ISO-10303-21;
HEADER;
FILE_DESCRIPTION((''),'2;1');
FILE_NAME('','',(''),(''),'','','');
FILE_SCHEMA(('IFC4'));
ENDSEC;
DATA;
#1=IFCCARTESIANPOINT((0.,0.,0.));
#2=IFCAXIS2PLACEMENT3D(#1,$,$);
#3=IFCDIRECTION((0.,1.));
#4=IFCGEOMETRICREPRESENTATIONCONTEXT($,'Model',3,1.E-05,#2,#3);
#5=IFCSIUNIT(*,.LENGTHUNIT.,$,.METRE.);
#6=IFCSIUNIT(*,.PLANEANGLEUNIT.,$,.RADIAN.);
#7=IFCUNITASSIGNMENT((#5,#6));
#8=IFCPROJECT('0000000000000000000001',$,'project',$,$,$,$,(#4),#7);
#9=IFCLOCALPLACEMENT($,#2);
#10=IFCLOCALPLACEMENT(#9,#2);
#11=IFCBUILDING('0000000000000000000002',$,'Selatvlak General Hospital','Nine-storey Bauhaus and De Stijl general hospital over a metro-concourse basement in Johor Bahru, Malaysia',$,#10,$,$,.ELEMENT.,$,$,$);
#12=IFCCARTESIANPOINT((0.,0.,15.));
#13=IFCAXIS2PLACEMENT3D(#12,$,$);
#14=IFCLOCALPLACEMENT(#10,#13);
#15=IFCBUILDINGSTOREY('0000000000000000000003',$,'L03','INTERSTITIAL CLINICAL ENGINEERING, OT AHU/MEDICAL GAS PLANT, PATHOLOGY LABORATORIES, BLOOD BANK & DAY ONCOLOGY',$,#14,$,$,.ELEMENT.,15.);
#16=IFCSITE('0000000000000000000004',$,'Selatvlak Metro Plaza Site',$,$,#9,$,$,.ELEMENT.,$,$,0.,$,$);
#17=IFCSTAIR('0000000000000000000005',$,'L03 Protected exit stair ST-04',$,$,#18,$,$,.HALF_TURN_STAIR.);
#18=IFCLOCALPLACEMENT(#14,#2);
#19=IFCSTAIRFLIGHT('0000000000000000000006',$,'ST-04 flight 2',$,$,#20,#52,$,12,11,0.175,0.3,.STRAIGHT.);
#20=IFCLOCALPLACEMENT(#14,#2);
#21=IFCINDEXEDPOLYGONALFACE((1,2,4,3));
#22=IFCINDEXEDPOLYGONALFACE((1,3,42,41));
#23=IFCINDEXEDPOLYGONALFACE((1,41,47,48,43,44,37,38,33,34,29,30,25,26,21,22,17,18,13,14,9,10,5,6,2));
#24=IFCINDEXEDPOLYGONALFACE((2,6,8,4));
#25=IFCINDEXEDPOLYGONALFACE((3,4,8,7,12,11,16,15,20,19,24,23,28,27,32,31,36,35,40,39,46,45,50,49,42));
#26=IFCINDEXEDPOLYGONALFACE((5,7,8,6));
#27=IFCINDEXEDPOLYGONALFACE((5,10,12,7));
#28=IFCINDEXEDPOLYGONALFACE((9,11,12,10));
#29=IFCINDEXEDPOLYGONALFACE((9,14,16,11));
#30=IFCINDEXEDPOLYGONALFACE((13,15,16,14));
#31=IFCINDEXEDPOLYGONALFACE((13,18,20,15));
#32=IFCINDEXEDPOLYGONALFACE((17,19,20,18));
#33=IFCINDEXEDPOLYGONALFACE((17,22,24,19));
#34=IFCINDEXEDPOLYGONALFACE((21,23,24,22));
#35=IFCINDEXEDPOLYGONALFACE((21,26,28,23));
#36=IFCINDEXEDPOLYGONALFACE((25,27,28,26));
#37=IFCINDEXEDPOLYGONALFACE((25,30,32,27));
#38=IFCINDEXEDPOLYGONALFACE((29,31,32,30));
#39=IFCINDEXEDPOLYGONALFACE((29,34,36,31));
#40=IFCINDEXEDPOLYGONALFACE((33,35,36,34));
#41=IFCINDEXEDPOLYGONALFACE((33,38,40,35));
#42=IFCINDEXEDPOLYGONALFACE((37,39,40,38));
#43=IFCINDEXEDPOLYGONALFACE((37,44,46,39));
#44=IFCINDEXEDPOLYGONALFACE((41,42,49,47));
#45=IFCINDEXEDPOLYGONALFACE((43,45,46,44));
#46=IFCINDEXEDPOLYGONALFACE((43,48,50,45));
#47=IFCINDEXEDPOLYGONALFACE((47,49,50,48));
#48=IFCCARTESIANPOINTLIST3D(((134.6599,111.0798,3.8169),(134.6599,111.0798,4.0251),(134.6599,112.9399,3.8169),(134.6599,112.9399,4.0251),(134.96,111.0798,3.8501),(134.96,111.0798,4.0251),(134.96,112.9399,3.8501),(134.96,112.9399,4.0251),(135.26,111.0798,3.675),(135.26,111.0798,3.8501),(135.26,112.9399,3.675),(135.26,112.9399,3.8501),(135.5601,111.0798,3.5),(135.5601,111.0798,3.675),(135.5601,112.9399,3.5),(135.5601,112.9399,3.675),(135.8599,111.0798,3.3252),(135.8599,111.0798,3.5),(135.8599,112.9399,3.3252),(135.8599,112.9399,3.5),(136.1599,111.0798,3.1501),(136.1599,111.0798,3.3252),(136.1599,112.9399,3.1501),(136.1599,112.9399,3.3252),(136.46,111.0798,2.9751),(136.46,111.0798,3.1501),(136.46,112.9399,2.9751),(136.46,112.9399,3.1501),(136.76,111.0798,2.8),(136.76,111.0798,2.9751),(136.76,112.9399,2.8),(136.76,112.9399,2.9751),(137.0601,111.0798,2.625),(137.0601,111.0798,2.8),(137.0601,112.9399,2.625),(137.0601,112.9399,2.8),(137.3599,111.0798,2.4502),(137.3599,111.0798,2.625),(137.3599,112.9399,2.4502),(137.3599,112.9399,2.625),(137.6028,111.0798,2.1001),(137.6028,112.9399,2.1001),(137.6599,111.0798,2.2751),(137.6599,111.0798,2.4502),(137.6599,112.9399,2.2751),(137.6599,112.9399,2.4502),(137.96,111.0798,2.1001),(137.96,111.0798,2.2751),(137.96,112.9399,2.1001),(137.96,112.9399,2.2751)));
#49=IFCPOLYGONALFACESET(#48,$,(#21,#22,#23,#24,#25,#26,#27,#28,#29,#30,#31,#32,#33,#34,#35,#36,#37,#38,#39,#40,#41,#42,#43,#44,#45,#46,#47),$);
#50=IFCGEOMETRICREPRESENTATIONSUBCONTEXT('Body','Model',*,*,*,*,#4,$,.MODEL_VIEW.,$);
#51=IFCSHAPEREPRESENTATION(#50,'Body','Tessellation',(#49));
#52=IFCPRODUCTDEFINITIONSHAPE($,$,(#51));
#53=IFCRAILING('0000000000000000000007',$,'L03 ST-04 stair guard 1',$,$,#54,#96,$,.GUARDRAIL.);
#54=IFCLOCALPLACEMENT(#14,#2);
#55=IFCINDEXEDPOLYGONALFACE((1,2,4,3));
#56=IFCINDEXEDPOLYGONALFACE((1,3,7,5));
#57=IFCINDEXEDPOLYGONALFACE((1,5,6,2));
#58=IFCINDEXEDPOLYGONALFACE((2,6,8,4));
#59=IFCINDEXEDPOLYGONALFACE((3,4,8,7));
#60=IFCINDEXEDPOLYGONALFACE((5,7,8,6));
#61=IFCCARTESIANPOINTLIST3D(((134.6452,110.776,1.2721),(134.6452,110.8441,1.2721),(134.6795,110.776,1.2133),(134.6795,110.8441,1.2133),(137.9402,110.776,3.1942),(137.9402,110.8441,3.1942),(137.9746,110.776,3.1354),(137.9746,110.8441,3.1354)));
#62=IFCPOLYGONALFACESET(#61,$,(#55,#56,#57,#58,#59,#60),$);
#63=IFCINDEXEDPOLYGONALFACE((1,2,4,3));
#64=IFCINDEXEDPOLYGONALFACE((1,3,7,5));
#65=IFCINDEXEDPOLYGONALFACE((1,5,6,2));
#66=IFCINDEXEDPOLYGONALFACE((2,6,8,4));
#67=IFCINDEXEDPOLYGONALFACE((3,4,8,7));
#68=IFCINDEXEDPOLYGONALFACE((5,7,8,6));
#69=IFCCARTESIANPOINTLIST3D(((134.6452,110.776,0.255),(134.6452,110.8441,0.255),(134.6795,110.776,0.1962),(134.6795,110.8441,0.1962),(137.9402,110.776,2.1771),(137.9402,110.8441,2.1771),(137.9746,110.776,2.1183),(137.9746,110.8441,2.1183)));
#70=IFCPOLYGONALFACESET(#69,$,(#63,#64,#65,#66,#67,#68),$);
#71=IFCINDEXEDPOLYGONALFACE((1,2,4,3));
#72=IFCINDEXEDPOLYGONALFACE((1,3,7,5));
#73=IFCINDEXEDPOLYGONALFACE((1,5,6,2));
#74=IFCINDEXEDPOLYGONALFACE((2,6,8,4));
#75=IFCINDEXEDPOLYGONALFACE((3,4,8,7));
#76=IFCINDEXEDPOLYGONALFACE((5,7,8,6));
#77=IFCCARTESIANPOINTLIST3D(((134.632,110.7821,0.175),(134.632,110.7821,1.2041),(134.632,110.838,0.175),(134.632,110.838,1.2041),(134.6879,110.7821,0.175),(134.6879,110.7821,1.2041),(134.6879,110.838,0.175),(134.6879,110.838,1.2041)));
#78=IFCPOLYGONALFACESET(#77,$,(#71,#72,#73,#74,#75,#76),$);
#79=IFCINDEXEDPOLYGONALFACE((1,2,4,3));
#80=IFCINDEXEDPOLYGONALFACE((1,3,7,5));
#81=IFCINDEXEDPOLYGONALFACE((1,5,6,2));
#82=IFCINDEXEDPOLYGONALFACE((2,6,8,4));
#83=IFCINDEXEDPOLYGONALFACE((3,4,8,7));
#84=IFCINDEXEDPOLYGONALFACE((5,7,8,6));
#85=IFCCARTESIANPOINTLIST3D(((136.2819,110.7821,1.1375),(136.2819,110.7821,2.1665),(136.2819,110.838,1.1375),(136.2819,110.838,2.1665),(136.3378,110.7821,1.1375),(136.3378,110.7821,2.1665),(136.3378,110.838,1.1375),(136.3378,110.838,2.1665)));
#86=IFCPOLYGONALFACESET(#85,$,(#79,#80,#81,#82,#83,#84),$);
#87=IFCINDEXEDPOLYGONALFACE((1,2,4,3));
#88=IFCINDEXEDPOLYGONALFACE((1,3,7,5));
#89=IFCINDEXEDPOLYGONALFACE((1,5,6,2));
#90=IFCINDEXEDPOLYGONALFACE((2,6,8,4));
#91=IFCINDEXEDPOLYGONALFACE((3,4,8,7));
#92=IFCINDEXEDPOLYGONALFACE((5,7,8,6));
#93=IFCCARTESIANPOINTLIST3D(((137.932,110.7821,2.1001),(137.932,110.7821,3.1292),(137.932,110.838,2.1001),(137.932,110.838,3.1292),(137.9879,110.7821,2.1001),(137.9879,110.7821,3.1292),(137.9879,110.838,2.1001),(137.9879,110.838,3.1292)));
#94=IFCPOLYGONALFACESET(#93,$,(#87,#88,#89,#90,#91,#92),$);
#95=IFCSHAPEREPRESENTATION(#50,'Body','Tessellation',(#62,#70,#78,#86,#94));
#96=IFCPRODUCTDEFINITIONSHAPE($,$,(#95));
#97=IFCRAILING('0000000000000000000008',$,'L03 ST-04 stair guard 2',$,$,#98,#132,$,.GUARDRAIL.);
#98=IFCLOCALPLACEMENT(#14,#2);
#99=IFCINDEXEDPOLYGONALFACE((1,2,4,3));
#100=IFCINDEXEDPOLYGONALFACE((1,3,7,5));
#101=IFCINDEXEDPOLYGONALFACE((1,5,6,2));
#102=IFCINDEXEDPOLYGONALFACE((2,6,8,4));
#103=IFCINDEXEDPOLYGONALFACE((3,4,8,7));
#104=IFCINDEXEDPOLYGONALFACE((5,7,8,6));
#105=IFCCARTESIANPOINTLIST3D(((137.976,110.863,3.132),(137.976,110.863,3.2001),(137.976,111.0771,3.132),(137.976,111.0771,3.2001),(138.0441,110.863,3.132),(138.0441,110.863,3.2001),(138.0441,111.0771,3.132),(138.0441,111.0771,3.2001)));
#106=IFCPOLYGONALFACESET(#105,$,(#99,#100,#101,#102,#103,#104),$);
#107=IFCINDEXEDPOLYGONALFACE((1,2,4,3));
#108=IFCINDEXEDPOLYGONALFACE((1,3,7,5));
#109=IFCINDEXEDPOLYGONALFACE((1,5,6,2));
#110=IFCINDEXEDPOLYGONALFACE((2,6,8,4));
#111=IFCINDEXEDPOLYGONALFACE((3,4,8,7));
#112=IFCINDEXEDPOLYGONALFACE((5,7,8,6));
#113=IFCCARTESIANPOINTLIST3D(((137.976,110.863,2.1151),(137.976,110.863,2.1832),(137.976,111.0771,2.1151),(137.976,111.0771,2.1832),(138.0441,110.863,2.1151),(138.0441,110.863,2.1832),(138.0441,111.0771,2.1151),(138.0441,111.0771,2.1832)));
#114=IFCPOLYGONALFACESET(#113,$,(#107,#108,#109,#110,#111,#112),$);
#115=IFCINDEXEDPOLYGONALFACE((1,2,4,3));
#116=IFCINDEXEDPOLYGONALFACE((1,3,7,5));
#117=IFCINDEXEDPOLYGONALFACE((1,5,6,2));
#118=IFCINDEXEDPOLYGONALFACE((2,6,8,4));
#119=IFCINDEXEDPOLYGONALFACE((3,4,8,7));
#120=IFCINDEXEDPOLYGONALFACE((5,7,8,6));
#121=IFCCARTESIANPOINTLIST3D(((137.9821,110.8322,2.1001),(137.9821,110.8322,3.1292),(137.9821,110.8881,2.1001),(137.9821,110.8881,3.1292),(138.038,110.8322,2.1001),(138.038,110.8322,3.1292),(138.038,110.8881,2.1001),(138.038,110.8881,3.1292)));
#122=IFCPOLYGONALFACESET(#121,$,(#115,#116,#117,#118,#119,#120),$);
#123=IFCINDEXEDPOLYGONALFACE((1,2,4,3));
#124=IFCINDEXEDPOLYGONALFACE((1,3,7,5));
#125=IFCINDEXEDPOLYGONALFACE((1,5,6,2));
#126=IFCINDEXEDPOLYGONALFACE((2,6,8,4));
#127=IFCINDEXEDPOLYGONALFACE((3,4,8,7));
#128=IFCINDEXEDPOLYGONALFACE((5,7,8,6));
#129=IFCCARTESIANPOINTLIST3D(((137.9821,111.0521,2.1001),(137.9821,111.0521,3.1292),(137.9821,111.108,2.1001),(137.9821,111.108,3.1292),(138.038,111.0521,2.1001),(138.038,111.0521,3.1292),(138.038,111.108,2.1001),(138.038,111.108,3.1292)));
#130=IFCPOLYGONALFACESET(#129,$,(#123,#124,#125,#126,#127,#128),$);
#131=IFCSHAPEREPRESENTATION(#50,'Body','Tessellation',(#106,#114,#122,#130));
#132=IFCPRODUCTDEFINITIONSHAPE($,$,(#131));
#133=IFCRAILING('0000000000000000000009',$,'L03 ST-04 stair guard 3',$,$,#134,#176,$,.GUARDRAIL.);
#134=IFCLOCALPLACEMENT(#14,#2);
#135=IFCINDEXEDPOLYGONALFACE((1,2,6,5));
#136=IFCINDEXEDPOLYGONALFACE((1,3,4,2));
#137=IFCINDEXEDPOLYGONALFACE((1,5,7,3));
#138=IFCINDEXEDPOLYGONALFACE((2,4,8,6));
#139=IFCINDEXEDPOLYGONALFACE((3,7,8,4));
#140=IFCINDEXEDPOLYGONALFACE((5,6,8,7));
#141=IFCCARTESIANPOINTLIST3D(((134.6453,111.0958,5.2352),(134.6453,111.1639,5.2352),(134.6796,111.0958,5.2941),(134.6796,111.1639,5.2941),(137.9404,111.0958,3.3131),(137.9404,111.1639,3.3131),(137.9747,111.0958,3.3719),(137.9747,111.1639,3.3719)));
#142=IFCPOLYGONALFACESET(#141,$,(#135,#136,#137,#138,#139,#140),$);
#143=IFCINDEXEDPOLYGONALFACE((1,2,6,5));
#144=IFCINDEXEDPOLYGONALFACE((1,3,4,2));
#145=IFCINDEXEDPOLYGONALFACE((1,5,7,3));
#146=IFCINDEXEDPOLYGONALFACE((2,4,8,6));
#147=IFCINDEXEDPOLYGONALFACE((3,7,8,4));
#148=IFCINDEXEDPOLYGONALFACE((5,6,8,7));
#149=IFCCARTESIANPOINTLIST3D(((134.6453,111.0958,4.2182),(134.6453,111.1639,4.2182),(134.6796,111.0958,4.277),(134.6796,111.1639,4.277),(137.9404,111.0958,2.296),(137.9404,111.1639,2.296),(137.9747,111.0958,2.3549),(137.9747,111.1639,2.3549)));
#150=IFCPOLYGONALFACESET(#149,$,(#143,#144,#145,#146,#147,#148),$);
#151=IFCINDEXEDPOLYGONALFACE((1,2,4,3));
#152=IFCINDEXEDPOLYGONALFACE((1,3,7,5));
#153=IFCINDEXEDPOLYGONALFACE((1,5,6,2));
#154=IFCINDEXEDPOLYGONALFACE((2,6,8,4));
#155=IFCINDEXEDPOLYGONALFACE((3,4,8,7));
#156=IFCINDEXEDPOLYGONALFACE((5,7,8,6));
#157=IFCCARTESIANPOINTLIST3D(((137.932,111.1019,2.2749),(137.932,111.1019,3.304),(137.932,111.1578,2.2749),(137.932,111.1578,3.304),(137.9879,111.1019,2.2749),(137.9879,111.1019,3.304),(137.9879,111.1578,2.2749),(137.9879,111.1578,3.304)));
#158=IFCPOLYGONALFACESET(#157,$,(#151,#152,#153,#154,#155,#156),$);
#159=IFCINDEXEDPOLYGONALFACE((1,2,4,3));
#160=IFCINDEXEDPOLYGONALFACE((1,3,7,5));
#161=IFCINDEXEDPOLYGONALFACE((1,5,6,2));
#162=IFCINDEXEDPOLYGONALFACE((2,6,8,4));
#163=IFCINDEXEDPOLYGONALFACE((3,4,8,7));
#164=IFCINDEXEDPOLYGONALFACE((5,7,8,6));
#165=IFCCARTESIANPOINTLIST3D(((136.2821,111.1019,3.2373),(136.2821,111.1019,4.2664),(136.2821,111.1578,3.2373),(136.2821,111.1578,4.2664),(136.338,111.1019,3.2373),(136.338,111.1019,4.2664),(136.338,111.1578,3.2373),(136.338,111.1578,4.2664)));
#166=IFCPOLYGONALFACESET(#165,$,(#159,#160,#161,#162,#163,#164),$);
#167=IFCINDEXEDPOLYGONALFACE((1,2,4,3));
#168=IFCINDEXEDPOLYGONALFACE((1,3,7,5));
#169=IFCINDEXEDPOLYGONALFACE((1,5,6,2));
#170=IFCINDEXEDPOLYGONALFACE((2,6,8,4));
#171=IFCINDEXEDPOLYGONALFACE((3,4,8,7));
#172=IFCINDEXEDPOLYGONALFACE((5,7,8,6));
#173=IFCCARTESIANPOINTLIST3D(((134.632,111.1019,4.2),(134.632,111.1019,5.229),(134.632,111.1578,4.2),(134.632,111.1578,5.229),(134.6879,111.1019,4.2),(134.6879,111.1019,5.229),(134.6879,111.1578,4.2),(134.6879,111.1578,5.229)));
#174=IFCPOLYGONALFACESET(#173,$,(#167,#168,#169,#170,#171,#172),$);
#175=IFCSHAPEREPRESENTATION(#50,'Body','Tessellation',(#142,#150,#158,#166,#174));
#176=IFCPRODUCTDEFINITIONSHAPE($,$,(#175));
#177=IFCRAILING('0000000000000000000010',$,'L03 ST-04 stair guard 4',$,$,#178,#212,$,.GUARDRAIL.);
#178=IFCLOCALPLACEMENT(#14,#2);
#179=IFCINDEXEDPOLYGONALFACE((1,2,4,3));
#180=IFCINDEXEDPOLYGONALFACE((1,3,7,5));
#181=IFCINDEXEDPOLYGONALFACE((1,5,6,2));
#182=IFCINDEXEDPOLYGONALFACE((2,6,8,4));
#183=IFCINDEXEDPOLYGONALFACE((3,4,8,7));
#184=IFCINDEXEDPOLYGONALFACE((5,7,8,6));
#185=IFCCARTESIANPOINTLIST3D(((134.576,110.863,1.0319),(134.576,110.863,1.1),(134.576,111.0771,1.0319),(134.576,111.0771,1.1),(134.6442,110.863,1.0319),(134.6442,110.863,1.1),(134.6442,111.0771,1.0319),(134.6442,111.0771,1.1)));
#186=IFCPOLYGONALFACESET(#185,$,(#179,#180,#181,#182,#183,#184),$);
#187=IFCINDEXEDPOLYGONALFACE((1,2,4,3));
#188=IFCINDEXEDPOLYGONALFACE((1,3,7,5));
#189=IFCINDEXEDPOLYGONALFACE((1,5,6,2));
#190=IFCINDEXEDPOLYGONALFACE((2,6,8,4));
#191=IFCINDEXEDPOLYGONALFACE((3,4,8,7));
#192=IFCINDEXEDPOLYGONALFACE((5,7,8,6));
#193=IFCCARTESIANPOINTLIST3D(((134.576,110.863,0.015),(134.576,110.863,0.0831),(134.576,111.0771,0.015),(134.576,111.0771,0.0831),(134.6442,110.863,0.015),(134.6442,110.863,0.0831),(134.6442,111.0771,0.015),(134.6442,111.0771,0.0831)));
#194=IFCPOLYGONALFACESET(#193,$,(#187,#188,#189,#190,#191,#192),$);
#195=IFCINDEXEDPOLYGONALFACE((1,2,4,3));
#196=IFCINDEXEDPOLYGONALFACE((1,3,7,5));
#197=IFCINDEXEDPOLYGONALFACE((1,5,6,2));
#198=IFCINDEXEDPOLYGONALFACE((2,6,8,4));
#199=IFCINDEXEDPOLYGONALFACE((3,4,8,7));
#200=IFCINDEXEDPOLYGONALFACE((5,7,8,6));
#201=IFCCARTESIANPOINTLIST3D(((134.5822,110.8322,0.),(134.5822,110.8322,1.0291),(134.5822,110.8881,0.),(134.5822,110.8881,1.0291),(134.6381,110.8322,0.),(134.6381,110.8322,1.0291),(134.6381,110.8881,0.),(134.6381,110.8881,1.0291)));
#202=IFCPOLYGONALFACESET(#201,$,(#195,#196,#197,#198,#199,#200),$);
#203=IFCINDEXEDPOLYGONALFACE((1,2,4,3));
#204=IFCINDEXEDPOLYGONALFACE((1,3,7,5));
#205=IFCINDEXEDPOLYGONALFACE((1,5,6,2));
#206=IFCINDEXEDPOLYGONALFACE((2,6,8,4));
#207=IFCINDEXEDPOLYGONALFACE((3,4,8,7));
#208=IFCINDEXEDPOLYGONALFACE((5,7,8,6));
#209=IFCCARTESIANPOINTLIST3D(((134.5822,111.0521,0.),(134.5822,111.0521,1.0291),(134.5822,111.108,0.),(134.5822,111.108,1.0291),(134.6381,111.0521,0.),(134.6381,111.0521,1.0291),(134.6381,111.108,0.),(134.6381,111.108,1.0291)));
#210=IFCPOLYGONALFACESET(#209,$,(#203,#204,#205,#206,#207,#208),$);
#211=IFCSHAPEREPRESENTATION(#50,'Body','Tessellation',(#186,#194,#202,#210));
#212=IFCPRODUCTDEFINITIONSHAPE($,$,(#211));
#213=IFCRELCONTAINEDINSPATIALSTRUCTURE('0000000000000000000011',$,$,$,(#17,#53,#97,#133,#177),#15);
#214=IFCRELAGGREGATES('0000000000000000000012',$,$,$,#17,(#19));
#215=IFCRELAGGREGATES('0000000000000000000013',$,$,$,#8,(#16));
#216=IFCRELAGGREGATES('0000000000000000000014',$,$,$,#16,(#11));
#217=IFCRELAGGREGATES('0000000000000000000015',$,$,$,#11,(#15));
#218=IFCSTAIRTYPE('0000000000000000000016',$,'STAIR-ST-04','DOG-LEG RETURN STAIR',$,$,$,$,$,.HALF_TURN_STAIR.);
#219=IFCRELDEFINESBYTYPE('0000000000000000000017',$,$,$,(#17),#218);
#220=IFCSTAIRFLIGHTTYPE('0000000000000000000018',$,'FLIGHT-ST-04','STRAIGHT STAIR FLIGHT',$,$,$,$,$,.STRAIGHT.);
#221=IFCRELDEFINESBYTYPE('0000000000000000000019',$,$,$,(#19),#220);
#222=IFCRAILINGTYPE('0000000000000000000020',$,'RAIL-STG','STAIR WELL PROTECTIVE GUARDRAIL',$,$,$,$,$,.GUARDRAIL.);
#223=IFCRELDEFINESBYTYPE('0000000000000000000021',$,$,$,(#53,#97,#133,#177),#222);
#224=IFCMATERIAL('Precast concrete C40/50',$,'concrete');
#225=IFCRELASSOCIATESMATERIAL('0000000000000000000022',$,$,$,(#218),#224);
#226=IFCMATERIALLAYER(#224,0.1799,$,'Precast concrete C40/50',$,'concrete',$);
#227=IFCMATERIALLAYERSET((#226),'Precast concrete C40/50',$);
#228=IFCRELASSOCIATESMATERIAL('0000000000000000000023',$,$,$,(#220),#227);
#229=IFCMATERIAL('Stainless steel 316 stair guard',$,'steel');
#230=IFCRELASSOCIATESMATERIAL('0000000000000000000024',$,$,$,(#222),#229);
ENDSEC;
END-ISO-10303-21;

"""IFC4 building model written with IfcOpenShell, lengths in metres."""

from ifc_helpers import new_model, si_unit, direction, frame, origin, origin_2d, place, context, subcontext, project, spatial, polyline, rectangle, outline, extrude, material, layer, layer_set, type_object, element, aggregate, save


model = new_model("IFC4")

# Units and contexts
model_context = context("Model", 3, precision=1e-05, world=origin(), true_north=direction((0.0, 1.0)))
body_context = subcontext(model_context, "Body", "Model", "MODEL_VIEW")
ifc_project = project(units=[si_unit("LENGTHUNIT", "METRE"), si_unit("PLANEANGLEUNIT", "RADIAN")], contexts=[model_context])

# Site, building, storey
site_placement = place(None, origin())
site = spatial("IfcSite", under=ifc_project, at=site_placement, Name="Selatvlak Metro Plaza Site", CompositionType="ELEMENT", RefElevation=0.0)
building_placement = place(site_placement, origin())
building = spatial("IfcBuilding", under=site, at=building_placement, Name="Selatvlak General Hospital", Description="Nine-storey Bauhaus and De Stijl general hospital over a metro-concourse basement in Johor Bahru, Malaysia", CompositionType="ELEMENT")
storey_placement = place(building_placement, frame((0.0, 0.0, 15.0)))
storey = spatial("IfcBuildingStorey", under=building, at=storey_placement, Name="L03", Description="INTERSTITIAL CLINICAL ENGINEERING, OT AHU/MEDICAL GAS PLANT, PATHOLOGY LABORATORIES, BLOOD BANK & DAY ONCOLOGY", CompositionType="ELEMENT", Elevation=15.0)

# Stair, stair flight
ifc_material_1 = material(Name="Precast concrete C40/50", Category="concrete")
stair_type = type_object("IfcStairType", Name="STAIR-ST-04", Description="DOG-LEG RETURN STAIR", PredefinedType="HALF_TURN_STAIR", material=ifc_material_1)
stair_placement = place(storey_placement, origin())
stair = element("IfcStair", 1, at=stair_placement, inside=storey, type_object=stair_type, Name="L03 Protected exit stair ST-04", PredefinedType="HALF_TURN_STAIR")
ifc_layer_1 = layer(ifc_material_1, 0.1799, Name="Precast concrete C40/50", Category="concrete")
ifc_layer_set_1 = layer_set([ifc_layer_1], Name="Precast concrete C40/50")
stair_flight_type = type_object("IfcStairFlightType", Name="FLIGHT-ST-04", Description="STRAIGHT STAIR FLIGHT", PredefinedType="STRAIGHT", material=ifc_layer_set_1)
stair_flight_1_placement = place(storey_placement, frame((137.96, 112.01, 2.1001), z_axis=(0.0, 0.0, 1.0), x_axis=(-1.0, 0.0, 0.0)))
stair_flight_1 = element("IfcStairFlight", 2, at=stair_flight_1_placement, type_object=stair_flight_type, Name="ST-04 flight 2", NumberOfRisers=12, NumberOfTreads=11, PredefinedType="STRAIGHT", RiserHeight=0.175, TreadLength=0.3, context=body_context, shape_type="SweptSolid", body=[
    extrude(outline(polyline([(0.0, 0.0), (0.0, 0.175), (0.3, 0.175), (0.3, 0.3501), (0.6001, 0.3501), (0.6001, 0.5249), (0.8999, 0.5249), (0.8999, 0.7), (1.2, 0.7), (1.2, 0.875), (1.5, 0.875), (1.5, 1.05), (1.8, 1.05), (1.8, 1.2251), (2.1001, 1.2251), (2.1001, 1.3999), (2.3999, 1.3999), (2.3999, 1.575), (2.7, 1.575), (2.7, 1.75), (3.0, 1.75), (3.0, 1.925), (3.3, 1.925), (3.3, 2.1001), (3.3, 1.7168), (0.3572, 0.0), (0.0, 0.0)])), frame((0.0, 0.9302, 0.0), z_axis=(0.0, -1.0, 0.0), x_axis=(1.0, 0.0, 0.0)), (0.0, 0.0, 1.0), 1.8601),
])
aggregate(stair, [stair_flight_1])

# Railings
ifc_material_2 = material(Name="Stainless steel 316 stair guard", Category="steel")
railing_type_1 = type_object("IfcRailingType", Name="RAIL-STG", Description="STAIR WELL PROTECTIVE GUARDRAIL", PredefinedType="GUARDRAIL", material=ifc_material_2)
railing_1_placement = place(storey_placement, frame((134.6599, 110.8101, 0.175)))
element("IfcRailing", 3, at=railing_1_placement, inside=storey, type_object=railing_type_1, Name="L03 ST-04 stair guard 1", PredefinedType="GUARDRAIL", context=body_context, shape_type="SweptSolid", body=[
    extrude(rectangle(XDim=0.0681, YDim=0.0681, at=origin_2d()), frame((0.0024, 0.0, 1.0676), z_axis=(0.863777, 0.0, 0.503875), x_axis=(0.0, 1.0, 0.0)), (0.0, 0.0, 1.0), 3.8147),
    extrude(rectangle(XDim=0.0681, YDim=0.0681, at=origin_2d()), frame((0.0024, 0.0, 0.0505), z_axis=(0.863777, 0.0, 0.503875), x_axis=(0.0, 1.0, 0.0)), (0.0, 0.0, 1.0), 3.8147),
    extrude(rectangle(XDim=0.0559, YDim=0.0559, at=origin_2d()), origin(), (0.0, 0.0, 1.0), 1.0291),
    extrude(rectangle(XDim=0.0559, YDim=0.0559, at=origin_2d()), frame((1.6499, 0.0, 0.9624)), (0.0, 0.0, 1.0), 1.0291),
    extrude(rectangle(XDim=0.0559, YDim=0.0559, at=origin_2d()), frame((3.3, 0.0, 1.925)), (0.0, 0.0, 1.0), 1.0291),
])
railing_2_placement = place(storey_placement, frame((138.01, 110.8601, 2.1001)))
element("IfcRailing", 4, at=railing_2_placement, inside=storey, type_object=railing_type_1, Name="L03 ST-04 stair guard 2", PredefinedType="GUARDRAIL", context=body_context, shape_type="SweptSolid", body=[
    extrude(rectangle(XDim=0.0681, YDim=0.0681, at=origin_2d()), frame((0.0, 0.0029, 1.0659), z_axis=(0.0, 1.0, 0.0), x_axis=(-1.0, 0.0, 0.0)), (0.0, 0.0, 1.0), 0.2141),
    extrude(rectangle(XDim=0.0681, YDim=0.0681, at=origin_2d()), frame((0.0, 0.0029, 0.0491), z_axis=(0.0, 1.0, 0.0), x_axis=(-1.0, 0.0, 0.0)), (0.0, 0.0, 1.0), 0.2141),
    extrude(rectangle(XDim=0.0559, YDim=0.0559, at=origin_2d()), origin(), (0.0, 0.0, 1.0), 1.0291),
    extrude(rectangle(XDim=0.0559, YDim=0.0559, at=origin_2d()), frame((0.0, 0.22, 0.0)), (0.0, 0.0, 1.0), 1.0291),
])
railing_3_placement = place(storey_placement, frame((137.96, 111.1299, 2.2749)))
element("IfcRailing", 5, at=railing_3_placement, inside=storey, type_object=railing_type_1, Name="L03 ST-04 stair guard 3", PredefinedType="GUARDRAIL", context=body_context, shape_type="SweptSolid", body=[
    extrude(rectangle(XDim=0.0681, YDim=0.0681, at=origin_2d()), frame((-0.0024, 0.0, 1.0676), z_axis=(-0.863777, 0.0, 0.503875), x_axis=(0.0, -1.0, 0.0)), (0.0, 0.0, 1.0), 3.8147),
    extrude(rectangle(XDim=0.0681, YDim=0.0681, at=origin_2d()), frame((-0.0024, 0.0, 0.0505), z_axis=(-0.863777, 0.0, 0.503875), x_axis=(0.0, -1.0, 0.0)), (0.0, 0.0, 1.0), 3.8147),
    extrude(rectangle(XDim=0.0559, YDim=0.0559, at=origin_2d()), origin(), (0.0, 0.0, 1.0), 1.0291),
    extrude(rectangle(XDim=0.0559, YDim=0.0559, at=origin_2d()), frame((-1.6499, 0.0, 0.9624)), (0.0, 0.0, 1.0), 1.0291),
    extrude(rectangle(XDim=0.0559, YDim=0.0559, at=origin_2d()), frame((-3.3, 0.0, 1.925)), (0.0, 0.0, 1.0), 1.0291),
])
railing_4_placement = place(storey_placement, frame((134.6101, 110.8601, 0.0)))
element("IfcRailing", 6, at=railing_4_placement, inside=storey, type_object=railing_type_1, Name="L03 ST-04 stair guard 4", PredefinedType="GUARDRAIL", context=body_context, shape_type="SweptSolid", body=[
    extrude(rectangle(XDim=0.0681, YDim=0.0681, at=origin_2d()), frame((0.0, 0.0029, 1.0659), z_axis=(0.0, 1.0, 0.0), x_axis=(-1.0, 0.0, 0.0)), (0.0, 0.0, 1.0), 0.2141),
    extrude(rectangle(XDim=0.0681, YDim=0.0681, at=origin_2d()), frame((0.0, 0.0029, 0.0491), z_axis=(0.0, 1.0, 0.0), x_axis=(-1.0, 0.0, 0.0)), (0.0, 0.0, 1.0), 0.2141),
    extrude(rectangle(XDim=0.0559, YDim=0.0559, at=origin_2d()), origin(), (0.0, 0.0, 1.0), 1.0291),
    extrude(rectangle(XDim=0.0559, YDim=0.0559, at=origin_2d()), frame((0.0, 0.22, 0.0)), (0.0, 0.0, 1.0), 1.0291),
])

save(model, "model.ifc")
